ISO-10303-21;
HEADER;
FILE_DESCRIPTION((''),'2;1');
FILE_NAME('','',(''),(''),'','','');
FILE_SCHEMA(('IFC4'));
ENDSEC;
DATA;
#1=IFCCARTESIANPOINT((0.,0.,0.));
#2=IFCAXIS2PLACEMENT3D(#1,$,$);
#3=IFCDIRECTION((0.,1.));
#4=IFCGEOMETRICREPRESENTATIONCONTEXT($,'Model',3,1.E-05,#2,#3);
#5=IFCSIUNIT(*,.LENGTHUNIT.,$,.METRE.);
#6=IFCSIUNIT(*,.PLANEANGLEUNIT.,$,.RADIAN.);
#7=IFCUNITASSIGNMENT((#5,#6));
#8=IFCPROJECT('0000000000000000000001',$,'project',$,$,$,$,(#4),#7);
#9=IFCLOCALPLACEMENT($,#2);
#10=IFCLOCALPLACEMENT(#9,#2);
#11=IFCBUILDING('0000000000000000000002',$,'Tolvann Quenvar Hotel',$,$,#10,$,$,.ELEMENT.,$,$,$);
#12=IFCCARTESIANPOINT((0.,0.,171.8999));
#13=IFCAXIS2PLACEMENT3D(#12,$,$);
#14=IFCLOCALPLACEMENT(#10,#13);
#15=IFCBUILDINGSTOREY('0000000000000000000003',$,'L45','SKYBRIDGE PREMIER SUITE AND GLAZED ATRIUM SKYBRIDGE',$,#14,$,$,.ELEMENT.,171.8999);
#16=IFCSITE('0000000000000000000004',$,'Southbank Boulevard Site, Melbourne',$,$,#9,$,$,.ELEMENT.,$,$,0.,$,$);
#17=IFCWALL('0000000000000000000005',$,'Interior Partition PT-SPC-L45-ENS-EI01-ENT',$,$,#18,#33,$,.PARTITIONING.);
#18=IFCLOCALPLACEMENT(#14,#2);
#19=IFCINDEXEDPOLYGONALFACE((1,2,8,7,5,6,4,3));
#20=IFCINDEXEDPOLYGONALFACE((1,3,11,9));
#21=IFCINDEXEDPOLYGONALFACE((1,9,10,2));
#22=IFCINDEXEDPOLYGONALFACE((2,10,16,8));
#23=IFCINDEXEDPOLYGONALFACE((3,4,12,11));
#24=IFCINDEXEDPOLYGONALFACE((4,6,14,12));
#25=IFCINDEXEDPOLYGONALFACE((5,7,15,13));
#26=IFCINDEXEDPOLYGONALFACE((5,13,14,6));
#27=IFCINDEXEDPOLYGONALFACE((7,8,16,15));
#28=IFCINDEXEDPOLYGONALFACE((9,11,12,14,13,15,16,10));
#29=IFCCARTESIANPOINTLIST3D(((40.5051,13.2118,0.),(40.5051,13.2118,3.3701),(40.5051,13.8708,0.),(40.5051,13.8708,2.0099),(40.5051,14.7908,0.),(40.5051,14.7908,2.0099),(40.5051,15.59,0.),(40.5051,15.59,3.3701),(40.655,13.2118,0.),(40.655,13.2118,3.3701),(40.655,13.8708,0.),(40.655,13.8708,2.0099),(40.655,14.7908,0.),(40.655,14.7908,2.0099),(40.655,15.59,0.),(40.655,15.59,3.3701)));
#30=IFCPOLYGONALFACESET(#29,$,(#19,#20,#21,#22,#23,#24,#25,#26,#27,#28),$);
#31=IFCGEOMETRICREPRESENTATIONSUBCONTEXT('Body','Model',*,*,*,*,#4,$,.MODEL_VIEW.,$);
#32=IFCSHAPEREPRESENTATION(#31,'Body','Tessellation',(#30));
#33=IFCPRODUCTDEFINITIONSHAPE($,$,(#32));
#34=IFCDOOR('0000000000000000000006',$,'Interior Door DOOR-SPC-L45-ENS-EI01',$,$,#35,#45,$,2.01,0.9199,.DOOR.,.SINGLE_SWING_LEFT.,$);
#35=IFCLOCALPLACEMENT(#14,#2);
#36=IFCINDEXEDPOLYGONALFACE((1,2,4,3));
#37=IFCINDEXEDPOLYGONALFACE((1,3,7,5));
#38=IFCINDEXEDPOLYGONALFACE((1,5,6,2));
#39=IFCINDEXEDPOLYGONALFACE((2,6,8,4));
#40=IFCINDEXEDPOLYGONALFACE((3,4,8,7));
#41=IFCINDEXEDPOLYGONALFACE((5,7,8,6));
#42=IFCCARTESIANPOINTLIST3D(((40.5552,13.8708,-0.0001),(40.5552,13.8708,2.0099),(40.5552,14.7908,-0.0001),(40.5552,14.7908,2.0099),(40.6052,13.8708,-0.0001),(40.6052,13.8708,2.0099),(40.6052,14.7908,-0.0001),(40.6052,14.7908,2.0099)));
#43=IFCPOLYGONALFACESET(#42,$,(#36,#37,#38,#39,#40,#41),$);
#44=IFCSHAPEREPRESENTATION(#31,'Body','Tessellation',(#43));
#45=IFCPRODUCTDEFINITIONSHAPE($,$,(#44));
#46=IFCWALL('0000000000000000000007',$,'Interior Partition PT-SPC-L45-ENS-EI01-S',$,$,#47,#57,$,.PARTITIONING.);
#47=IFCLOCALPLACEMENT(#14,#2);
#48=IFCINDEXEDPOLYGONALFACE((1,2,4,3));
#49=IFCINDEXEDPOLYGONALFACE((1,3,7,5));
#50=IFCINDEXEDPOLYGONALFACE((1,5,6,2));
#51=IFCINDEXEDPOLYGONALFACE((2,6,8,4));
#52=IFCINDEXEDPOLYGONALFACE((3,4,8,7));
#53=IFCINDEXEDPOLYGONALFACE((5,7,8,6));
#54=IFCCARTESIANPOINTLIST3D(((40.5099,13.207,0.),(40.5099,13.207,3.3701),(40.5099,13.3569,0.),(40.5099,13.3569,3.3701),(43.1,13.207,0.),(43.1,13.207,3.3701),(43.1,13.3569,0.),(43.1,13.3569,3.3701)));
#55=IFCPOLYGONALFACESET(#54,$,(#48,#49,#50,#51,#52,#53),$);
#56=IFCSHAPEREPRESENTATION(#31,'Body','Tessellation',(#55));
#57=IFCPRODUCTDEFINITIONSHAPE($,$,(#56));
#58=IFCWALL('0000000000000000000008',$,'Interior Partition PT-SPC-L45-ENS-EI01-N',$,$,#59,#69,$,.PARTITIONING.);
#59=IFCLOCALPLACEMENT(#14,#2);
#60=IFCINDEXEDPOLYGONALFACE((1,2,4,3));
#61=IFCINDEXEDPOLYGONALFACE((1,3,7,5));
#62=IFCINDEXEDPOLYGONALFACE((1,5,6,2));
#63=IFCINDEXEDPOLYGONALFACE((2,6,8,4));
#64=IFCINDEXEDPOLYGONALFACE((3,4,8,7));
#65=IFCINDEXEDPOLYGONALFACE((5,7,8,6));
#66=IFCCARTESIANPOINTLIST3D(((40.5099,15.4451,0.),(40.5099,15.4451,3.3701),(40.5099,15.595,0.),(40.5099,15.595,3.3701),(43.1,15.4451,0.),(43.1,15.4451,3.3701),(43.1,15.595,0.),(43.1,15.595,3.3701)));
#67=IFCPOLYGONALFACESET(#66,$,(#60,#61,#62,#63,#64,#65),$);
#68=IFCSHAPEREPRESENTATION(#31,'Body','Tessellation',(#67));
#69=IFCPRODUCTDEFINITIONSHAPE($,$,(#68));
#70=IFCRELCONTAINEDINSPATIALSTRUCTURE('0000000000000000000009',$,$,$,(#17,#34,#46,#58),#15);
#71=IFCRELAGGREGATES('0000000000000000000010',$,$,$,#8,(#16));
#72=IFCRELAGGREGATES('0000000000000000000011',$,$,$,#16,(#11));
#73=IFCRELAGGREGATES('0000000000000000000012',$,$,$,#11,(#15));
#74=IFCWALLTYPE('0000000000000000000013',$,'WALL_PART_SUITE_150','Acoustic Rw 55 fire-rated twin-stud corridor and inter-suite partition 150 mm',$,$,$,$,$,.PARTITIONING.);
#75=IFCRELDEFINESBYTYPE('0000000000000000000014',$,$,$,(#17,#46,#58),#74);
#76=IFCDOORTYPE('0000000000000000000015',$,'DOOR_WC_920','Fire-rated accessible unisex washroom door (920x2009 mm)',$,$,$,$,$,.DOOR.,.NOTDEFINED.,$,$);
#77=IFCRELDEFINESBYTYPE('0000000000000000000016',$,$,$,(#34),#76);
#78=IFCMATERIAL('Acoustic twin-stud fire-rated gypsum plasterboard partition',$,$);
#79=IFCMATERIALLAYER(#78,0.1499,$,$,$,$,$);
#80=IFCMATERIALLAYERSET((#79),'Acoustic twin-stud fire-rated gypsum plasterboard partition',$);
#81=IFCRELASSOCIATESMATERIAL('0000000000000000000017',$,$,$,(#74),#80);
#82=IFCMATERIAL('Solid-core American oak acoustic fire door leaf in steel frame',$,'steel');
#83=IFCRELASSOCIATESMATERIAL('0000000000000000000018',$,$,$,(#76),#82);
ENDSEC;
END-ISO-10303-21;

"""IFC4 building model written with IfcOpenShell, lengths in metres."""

from ifc_helpers import new_model, si_unit, direction, frame, frame_2d, origin, place, context, subcontext, project, spatial, rectangle, extrude, source, transform, mapped, material, layer, layer_set, type_object, type_shapes, element, fill, save


model = new_model("IFC4")

# Units and contexts
model_context = context("Model", 3, precision=1e-05, world=origin(), true_north=direction((0.0, 1.0)))
body_context = subcontext(model_context, "Body", "Model", "MODEL_VIEW")
ifc_project = project(units=[si_unit("LENGTHUNIT", "METRE"), si_unit("PLANEANGLEUNIT", "RADIAN")], contexts=[model_context])

# Site, building, storey
site_placement = place(None, origin())
site = spatial("IfcSite", under=ifc_project, at=site_placement, Name="Southbank Boulevard Site, Melbourne", CompositionType="ELEMENT", RefElevation=0.0)
building_placement = place(site_placement, origin())
building = spatial("IfcBuilding", under=site, at=building_placement, Name="Tolvann Quenvar Hotel", CompositionType="ELEMENT")
storey_placement = place(building_placement, frame((0.0, 0.0, 171.8999)))
storey = spatial("IfcBuildingStorey", under=building, at=storey_placement, Name="L45", Description="SKYBRIDGE PREMIER SUITE AND GLAZED ATRIUM SKYBRIDGE", CompositionType="ELEMENT", Elevation=171.8999)

# Shared definitions
ifc_material_1 = material(Name="Acoustic twin-stud fire-rated gypsum plasterboard partition")
ifc_material_2 = material(Name="Solid-core American oak acoustic fire door leaf in steel frame", Category="steel")

# Wall, opening, door
ifc_layer_1 = layer(ifc_material_1, 0.1499)
ifc_layer_set_1 = layer_set([ifc_layer_1], Name="Acoustic twin-stud fire-rated gypsum plasterboard partition")
wall_type_1 = type_object("IfcWallType", Name="WALL_PART_SUITE_150", Description="Acoustic Rw 55 fire-rated twin-stud corridor and inter-suite partition 150 mm", PredefinedType="PARTITIONING", material=ifc_layer_set_1)
wall_1_placement = place(storey_placement, frame((40.5801, 13.2119, 0.0), z_axis=(0.0, 0.0, 1.0), x_axis=(0.0, 1.0, 0.0)))
wall_1 = element("IfcWall", 1, at=wall_1_placement, inside=storey, type_object=wall_type_1, Name="Interior Partition PT-SPC-L45-ENS-EI01-ENT", PredefinedType="PARTITIONING", context=body_context, shape_type="SweptSolid", body=[
    extrude(rectangle(XDim=2.3782, YDim=0.1499, at=frame_2d((1.189, 0.0))), origin(), (0.0, 0.0, 1.0), 3.3701),
])
opening_1_placement = place(wall_1_placement, frame((0.6589, 0.0, 0.0)))
opening_1 = element("IfcOpeningElement", 2, at=opening_1_placement, cuts=wall_1, PredefinedType="OPENING", context=body_context, shape_type="SweptSolid", body=[
    extrude(rectangle(XDim=0.9199, YDim=2.01, at=frame_2d((0.46, 1.0049))), frame((0.0, 0.085, 0.0), z_axis=(0.0, -1.0, 0.0), x_axis=(1.0, 0.0, 0.0)), (0.0, 0.0, 1.0), 0.1699),
])
door_type_1 = type_object("IfcDoorType", Name="DOOR_WC_920", Description="Fire-rated accessible unisex washroom door (920x2009 mm)", OperationType="NOTDEFINED", PredefinedType="DOOR", material=ifc_material_2)
shared_shape_1 = source(origin(), body_context, "Body", "SweptSolid", [
    extrude(rectangle(XDim=0.9199, YDim=2.01, at=frame_2d((0.46, 1.0049))), frame((0.0, 0.0249, 0.0), z_axis=(0.0, -1.0, 0.0), x_axis=(1.0, 0.0, 0.0)), (0.0, 0.0, 1.0), 0.05),
])
type_shapes(door_type_1, [shared_shape_1])
door_1_placement = place(opening_1_placement, origin())
door_1 = element("IfcDoor", 3, at=door_1_placement, inside=storey, type_object=door_type_1, Name="Interior Door DOOR-SPC-L45-ENS-EI01", OperationType="SINGLE_SWING_LEFT", OverallHeight=2.01, OverallWidth=0.9199, PredefinedType="DOOR", context=body_context, shape_type="MappedRepresentation", body=[
    mapped(shared_shape_1, transform((0.0, 0.0, 0.0), x_axis=(1.0, 0.0, 0.0), y_axis=(0.0, 1.0, 0.0), z_axis=(0.0, 0.0, 1.0), scale=1.0)),
])
fill(opening_1, door_1)

# Walls
for number, where, z_axis, x_axis, name in (
    (4, (40.51, 13.282, 0.0), (0.0, 0.0, 1.0), (1.0, 0.0, 0.0), "Interior Partition PT-SPC-L45-ENS-EI01-S"),
    (5, (40.51, 15.52, 0.0), (0.0, 0.0, 1.0), (1.0, 0.0, 0.0), "Interior Partition PT-SPC-L45-ENS-EI01-N"),
):
    element("IfcWall", number, at=place(storey_placement, frame(where, z_axis=z_axis, x_axis=x_axis)), inside=storey, type_object=wall_type_1, Name=name, PredefinedType="PARTITIONING", context=body_context, shape_type="SweptSolid", body=[
        extrude(rectangle(XDim=2.5901, YDim=0.1499, at=frame_2d((1.2949, 0.0))), origin(), (0.0, 0.0, 1.0), 3.3701),
    ])

save(model, "model.ifc")
